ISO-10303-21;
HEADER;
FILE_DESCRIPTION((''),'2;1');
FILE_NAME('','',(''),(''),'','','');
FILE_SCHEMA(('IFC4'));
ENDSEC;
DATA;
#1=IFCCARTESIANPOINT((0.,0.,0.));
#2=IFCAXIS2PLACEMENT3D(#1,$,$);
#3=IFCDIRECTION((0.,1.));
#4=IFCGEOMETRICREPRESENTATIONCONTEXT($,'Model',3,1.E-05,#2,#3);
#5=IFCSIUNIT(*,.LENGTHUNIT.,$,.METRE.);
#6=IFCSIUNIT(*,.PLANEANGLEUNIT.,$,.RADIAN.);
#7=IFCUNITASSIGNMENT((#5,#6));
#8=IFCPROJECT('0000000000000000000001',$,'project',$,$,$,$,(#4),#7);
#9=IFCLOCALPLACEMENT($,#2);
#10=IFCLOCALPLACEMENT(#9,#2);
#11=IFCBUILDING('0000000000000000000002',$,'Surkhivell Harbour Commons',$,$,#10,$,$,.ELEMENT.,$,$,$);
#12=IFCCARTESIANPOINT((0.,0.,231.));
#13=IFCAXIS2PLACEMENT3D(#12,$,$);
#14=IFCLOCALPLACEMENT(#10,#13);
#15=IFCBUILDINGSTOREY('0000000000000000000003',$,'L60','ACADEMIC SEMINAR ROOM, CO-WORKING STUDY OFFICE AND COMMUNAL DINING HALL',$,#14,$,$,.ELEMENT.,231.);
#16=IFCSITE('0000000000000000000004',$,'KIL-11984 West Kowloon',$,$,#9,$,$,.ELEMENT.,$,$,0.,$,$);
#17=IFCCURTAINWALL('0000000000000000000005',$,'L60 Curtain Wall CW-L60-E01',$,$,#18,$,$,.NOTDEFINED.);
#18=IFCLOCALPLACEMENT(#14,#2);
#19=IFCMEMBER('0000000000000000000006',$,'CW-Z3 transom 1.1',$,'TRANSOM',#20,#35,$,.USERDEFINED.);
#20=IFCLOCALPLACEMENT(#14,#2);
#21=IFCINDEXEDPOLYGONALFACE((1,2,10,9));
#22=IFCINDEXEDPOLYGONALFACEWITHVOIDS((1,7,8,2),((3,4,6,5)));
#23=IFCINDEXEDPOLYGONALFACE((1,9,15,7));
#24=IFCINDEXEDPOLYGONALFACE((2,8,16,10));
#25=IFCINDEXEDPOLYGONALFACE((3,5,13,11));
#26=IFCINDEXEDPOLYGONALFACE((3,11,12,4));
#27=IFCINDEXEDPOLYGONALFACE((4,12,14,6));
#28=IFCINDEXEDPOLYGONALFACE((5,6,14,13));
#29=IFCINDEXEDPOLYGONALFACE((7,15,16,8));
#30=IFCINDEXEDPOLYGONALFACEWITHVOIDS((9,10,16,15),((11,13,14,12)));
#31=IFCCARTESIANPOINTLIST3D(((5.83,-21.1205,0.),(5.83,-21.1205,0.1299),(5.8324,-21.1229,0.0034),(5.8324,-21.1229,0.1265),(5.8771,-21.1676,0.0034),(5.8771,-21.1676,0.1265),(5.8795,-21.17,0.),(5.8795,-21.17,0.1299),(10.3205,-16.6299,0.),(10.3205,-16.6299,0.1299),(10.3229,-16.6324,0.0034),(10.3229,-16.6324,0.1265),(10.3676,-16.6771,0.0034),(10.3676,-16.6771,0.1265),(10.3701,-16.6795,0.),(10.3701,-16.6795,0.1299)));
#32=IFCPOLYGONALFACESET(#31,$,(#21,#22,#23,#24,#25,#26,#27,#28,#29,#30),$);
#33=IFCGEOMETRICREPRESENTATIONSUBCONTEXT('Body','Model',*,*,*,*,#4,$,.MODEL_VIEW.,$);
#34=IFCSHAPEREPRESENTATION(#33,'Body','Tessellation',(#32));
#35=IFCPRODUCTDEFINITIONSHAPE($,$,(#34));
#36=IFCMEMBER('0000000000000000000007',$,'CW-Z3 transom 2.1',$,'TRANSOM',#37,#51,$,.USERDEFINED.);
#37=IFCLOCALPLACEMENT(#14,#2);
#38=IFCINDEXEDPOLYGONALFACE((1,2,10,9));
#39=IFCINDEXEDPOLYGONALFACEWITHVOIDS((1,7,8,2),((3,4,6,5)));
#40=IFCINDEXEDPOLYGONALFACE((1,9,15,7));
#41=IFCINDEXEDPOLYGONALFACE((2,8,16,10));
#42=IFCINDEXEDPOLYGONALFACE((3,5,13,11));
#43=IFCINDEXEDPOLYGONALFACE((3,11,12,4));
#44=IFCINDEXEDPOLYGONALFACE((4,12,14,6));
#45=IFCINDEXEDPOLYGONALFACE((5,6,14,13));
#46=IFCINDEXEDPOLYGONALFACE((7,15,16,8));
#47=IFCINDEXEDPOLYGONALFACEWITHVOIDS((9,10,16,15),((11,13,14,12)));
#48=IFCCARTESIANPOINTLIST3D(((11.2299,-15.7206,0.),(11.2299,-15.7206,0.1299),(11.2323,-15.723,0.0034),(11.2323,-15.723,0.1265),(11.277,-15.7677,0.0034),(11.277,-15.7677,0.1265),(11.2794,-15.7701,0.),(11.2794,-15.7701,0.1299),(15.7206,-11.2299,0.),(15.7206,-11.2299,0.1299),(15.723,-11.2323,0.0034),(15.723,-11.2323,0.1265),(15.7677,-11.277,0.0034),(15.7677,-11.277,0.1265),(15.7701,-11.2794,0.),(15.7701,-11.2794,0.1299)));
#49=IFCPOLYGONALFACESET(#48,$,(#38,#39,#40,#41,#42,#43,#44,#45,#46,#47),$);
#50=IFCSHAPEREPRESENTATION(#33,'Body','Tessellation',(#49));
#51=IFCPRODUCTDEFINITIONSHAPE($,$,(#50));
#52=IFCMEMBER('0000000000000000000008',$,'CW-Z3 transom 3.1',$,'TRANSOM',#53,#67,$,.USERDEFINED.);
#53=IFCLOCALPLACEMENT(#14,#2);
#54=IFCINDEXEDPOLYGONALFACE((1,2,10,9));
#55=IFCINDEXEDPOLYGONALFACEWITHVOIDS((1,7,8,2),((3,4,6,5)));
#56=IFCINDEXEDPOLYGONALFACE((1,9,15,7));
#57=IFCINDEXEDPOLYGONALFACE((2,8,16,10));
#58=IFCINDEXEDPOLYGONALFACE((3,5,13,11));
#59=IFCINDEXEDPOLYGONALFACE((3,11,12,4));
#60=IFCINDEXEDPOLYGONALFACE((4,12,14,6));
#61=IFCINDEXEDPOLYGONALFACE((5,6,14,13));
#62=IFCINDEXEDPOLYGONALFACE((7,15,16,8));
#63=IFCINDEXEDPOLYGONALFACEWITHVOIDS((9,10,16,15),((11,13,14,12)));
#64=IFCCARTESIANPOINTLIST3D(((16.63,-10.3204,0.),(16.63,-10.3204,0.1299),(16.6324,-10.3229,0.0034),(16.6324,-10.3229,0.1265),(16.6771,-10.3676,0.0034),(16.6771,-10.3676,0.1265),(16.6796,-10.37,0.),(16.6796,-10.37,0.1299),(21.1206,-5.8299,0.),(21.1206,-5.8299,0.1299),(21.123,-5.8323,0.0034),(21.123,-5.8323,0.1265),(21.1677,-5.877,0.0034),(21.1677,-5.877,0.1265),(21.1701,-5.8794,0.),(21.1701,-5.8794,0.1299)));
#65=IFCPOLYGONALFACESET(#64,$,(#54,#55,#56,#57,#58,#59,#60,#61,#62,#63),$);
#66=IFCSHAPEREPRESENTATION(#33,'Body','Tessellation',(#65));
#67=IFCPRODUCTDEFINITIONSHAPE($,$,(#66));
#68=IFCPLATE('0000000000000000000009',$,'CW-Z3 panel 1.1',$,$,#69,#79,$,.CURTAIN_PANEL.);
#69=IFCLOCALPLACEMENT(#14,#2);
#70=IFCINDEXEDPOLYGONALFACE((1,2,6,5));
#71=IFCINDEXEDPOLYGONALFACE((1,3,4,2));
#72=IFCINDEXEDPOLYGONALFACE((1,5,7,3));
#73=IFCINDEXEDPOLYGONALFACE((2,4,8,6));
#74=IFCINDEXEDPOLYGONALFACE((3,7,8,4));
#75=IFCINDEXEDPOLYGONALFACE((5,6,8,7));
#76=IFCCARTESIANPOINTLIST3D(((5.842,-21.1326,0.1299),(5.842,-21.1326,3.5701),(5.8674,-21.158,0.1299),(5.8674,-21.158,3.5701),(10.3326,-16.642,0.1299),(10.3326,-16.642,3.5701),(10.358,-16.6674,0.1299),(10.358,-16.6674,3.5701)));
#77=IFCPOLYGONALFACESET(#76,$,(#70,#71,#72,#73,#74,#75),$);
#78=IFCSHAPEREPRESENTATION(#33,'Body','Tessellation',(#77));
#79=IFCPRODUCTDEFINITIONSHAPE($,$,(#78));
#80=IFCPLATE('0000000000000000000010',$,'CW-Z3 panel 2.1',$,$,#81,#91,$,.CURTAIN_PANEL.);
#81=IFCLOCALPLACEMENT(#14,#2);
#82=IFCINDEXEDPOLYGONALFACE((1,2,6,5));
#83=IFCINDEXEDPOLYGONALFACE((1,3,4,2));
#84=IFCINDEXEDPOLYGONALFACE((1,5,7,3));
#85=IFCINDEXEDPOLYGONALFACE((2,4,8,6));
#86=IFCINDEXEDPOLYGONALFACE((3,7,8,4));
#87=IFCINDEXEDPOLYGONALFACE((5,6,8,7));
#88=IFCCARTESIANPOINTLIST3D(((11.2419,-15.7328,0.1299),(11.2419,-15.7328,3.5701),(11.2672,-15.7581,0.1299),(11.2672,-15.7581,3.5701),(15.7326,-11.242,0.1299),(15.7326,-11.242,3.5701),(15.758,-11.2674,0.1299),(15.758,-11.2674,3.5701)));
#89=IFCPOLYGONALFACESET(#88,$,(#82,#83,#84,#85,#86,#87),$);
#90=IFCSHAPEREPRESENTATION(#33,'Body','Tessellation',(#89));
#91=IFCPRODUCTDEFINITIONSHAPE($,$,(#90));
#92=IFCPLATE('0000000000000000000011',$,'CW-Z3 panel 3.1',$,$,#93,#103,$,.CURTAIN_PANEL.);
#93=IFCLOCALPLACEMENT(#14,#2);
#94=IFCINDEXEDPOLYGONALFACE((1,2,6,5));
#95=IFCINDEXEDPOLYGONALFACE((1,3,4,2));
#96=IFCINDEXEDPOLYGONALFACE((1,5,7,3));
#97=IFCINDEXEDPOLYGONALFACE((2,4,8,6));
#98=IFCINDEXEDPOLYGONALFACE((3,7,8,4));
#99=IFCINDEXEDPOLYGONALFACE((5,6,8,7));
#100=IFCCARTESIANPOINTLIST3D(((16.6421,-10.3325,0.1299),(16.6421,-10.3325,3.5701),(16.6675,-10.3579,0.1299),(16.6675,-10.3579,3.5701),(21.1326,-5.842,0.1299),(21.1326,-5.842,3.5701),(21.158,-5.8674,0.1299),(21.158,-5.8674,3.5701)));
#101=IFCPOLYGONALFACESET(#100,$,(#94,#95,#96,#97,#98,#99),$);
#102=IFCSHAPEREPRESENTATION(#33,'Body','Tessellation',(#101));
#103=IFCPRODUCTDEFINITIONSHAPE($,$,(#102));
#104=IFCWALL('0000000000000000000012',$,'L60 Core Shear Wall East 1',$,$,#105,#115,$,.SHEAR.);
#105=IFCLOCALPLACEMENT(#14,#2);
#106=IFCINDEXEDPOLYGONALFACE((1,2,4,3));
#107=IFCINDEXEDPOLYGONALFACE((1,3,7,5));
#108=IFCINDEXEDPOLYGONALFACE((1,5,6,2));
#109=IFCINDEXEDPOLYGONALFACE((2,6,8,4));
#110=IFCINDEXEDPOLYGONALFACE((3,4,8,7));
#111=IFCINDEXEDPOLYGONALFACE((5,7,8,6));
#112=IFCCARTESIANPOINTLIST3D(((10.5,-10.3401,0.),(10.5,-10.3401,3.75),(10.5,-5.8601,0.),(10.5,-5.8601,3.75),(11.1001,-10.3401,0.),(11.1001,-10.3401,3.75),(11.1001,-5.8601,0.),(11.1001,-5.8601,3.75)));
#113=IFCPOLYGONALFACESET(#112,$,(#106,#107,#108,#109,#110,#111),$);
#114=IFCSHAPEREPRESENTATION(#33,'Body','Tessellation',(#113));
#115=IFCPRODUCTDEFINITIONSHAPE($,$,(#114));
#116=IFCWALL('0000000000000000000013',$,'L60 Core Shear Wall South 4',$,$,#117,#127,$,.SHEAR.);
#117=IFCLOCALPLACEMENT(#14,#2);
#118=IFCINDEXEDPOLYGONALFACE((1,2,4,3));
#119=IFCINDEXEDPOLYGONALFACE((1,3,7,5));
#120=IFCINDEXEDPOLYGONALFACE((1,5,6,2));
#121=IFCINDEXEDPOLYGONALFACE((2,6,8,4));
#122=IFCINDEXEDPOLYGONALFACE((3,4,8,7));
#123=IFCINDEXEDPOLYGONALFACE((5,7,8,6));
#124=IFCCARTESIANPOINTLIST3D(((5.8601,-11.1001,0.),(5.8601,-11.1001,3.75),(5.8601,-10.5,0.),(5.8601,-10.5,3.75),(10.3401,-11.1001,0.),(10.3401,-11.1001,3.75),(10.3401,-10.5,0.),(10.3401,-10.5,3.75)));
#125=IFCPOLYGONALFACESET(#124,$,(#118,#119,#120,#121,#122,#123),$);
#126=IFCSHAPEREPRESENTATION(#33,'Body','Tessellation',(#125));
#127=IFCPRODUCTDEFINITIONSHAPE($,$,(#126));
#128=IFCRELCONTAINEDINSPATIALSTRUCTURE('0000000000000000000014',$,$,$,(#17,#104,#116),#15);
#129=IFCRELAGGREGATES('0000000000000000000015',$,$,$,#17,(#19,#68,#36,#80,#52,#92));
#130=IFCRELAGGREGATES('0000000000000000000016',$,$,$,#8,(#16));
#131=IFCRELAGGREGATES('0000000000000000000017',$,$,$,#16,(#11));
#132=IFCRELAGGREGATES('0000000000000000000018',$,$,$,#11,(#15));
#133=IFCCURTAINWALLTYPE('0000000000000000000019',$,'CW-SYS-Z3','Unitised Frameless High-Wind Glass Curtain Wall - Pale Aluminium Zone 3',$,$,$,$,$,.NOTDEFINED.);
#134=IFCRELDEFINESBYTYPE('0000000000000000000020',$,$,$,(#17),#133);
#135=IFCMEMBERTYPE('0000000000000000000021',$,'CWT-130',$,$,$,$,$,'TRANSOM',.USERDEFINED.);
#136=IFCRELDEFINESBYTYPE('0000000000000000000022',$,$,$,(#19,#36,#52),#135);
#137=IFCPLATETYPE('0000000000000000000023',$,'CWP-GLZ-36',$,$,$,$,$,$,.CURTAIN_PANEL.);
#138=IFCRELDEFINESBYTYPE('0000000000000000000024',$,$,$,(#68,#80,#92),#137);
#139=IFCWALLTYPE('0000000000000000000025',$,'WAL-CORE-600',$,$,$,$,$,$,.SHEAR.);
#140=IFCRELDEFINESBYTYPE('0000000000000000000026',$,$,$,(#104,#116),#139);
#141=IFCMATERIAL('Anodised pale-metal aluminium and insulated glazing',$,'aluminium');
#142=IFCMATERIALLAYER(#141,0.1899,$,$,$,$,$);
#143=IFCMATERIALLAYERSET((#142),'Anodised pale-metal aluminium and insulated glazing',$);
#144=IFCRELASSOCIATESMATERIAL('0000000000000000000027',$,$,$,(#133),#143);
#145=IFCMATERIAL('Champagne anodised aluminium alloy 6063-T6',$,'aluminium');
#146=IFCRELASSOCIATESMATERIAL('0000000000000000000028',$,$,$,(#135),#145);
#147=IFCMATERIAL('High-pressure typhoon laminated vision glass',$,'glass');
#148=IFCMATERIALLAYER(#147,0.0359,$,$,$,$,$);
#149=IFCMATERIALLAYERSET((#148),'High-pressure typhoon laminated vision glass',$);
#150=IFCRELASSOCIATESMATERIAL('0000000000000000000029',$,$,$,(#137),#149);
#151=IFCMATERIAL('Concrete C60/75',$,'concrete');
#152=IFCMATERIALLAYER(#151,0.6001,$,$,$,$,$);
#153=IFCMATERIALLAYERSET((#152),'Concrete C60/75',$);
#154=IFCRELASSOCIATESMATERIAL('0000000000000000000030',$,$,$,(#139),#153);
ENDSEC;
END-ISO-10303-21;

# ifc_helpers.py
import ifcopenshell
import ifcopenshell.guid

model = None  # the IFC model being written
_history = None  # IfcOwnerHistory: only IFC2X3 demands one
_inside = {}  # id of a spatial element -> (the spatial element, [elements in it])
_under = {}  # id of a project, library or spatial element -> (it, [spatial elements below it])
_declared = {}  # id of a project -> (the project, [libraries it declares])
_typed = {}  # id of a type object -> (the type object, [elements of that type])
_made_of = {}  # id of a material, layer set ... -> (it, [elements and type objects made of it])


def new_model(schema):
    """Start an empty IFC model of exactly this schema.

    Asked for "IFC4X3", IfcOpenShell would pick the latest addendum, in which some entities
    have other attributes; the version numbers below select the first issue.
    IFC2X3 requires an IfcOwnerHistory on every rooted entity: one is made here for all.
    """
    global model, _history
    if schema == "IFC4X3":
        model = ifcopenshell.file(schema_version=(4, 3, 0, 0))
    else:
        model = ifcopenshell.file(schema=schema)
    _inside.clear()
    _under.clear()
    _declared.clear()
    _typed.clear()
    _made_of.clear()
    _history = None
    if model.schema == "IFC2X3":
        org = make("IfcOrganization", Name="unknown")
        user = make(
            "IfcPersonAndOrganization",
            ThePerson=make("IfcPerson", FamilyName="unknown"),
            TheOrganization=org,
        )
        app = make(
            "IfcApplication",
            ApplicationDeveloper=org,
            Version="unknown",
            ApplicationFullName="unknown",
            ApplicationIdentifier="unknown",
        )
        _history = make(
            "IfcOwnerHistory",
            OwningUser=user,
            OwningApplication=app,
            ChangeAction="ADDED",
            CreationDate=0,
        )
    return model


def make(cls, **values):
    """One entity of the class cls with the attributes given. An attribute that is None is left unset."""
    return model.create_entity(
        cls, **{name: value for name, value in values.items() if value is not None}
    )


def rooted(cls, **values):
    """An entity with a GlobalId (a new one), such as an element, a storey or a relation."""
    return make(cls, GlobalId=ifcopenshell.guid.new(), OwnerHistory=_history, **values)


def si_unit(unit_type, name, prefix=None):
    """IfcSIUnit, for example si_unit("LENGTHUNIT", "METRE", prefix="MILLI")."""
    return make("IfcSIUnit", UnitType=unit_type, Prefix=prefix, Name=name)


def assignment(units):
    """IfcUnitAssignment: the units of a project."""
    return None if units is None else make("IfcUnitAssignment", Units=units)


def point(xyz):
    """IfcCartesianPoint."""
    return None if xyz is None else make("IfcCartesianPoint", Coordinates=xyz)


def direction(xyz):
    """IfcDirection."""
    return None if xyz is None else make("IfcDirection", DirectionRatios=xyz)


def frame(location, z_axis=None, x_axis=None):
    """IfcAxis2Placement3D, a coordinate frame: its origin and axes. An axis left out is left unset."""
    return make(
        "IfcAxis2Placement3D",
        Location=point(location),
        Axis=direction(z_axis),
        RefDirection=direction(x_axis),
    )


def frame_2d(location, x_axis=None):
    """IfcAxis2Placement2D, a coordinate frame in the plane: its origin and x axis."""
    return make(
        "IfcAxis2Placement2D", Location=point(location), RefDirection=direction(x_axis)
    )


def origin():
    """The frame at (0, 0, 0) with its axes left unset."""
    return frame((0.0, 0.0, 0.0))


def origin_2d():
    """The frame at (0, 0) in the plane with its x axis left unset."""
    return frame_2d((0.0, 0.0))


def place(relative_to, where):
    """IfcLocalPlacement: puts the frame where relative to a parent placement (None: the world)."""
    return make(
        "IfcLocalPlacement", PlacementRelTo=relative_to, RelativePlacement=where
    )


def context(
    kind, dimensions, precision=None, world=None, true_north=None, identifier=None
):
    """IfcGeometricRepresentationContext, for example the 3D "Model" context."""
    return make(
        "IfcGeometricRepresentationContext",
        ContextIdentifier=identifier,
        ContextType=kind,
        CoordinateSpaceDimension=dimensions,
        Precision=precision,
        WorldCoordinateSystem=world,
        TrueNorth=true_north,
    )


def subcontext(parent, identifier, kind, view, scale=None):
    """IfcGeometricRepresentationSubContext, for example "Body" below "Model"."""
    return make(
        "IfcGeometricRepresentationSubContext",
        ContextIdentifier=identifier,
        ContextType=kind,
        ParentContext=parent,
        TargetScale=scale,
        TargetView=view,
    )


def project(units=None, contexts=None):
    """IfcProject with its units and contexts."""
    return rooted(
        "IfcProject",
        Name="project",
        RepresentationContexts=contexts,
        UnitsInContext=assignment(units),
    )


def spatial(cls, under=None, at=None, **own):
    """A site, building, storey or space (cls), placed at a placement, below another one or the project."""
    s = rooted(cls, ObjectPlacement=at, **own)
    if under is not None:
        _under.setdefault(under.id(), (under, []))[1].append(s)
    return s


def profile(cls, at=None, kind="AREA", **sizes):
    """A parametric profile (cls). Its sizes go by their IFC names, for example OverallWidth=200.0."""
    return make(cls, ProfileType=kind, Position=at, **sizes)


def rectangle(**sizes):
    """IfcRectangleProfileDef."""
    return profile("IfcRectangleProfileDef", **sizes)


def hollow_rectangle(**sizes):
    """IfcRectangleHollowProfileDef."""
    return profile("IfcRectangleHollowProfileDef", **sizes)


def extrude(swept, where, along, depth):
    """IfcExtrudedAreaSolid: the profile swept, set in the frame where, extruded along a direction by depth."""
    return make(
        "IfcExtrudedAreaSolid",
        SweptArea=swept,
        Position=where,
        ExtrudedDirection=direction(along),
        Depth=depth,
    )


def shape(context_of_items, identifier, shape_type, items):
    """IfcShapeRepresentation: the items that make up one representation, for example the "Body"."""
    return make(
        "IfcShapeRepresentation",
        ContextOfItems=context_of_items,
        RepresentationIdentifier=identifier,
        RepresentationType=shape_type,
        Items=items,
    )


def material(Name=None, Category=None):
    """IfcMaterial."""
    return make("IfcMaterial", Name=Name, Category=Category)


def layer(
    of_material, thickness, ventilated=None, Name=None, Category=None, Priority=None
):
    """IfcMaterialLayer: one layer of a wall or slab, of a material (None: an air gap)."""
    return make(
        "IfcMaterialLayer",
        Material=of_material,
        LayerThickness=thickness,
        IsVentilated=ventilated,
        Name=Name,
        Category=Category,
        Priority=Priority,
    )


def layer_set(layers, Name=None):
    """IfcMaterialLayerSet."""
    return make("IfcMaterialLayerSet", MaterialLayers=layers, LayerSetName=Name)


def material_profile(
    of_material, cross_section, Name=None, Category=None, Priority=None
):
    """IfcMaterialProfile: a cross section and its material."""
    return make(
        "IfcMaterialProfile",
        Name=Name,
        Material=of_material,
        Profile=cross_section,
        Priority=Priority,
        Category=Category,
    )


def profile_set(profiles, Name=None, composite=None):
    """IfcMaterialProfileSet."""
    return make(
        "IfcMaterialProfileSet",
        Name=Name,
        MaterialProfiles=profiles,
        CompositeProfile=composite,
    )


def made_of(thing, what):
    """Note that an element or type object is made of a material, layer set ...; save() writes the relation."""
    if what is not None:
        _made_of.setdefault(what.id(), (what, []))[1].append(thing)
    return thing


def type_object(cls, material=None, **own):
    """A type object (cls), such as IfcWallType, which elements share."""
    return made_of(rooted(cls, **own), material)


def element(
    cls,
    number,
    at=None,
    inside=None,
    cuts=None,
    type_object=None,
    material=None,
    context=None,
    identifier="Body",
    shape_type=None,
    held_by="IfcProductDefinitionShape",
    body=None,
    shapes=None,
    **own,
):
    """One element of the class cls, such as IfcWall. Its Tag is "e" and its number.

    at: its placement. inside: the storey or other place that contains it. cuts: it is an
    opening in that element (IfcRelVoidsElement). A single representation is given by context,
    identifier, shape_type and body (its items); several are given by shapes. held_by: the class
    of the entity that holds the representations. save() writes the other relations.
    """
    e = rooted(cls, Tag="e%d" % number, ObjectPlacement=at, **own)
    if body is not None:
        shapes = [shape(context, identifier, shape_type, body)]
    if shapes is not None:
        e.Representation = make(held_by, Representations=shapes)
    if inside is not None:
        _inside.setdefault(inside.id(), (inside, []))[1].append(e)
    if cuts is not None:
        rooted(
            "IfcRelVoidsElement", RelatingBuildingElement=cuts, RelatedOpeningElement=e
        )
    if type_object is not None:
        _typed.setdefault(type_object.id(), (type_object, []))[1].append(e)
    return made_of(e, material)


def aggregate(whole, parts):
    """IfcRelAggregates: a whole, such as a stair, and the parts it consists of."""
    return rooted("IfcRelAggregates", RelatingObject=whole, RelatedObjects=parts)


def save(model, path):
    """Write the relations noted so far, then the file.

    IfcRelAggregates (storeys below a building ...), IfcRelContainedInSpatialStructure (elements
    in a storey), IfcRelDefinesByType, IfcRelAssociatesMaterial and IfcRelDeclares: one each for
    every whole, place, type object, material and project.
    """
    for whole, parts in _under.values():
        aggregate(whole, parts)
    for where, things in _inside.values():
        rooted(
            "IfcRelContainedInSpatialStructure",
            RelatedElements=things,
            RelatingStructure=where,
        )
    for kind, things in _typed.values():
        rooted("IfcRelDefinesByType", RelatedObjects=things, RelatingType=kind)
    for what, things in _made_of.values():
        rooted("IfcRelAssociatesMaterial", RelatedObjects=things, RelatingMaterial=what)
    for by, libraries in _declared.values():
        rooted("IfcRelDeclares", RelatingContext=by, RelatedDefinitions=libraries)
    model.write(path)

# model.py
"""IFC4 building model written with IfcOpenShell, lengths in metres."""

from ifc_helpers import new_model, si_unit, direction, frame, frame_2d, origin, origin_2d, place, context, subcontext, project, spatial, rectangle, hollow_rectangle, extrude, material, layer, layer_set, material_profile, profile_set, type_object, element, aggregate, save


model = new_model("IFC4")

# Units and contexts
model_context = context("Model", 3, precision=1e-05, world=origin(), true_north=direction((0.0, 1.0)))
body_context = subcontext(model_context, "Body", "Model", "MODEL_VIEW")
ifc_project = project(units=[si_unit("LENGTHUNIT", "METRE"), si_unit("PLANEANGLEUNIT", "RADIAN")], contexts=[model_context])

# Site, building, storey
site_placement = place(None, origin())
site = spatial("IfcSite", under=ifc_project, at=site_placement, Name="KIL-11984 West Kowloon", CompositionType="ELEMENT", RefElevation=0.0)
building_placement = place(site_placement, origin())
building = spatial("IfcBuilding", under=site, at=building_placement, Name="Surkhivell Harbour Commons", CompositionType="ELEMENT")
storey_placement = place(building_placement, frame((0.0, 0.0, 231.0)))
storey = spatial("IfcBuildingStorey", under=building, at=storey_placement, Name="L60", Description="ACADEMIC SEMINAR ROOM, CO-WORKING STUDY OFFICE AND COMMUNAL DINING HALL", CompositionType="ELEMENT", Elevation=231.0)

# Shared definitions
ifc_material_1 = material(Name="Concrete C60/75", Category="concrete")

# Curtain wall, members, plates
ifc_material_2 = material(Name="Anodised pale-metal aluminium and insulated glazing", Category="aluminium")
ifc_layer_1 = layer(ifc_material_2, 0.1899)
ifc_layer_set_1 = layer_set([ifc_layer_1], Name="Anodised pale-metal aluminium and insulated glazing")
curtain_wall_type = type_object("IfcCurtainWallType", Name="CW-SYS-Z3", Description="Unitised Frameless High-Wind Glass Curtain Wall - Pale Aluminium Zone 3", PredefinedType="NOTDEFINED", material=ifc_layer_set_1)
curtain_wall_placement = place(storey_placement, origin())
curtain_wall = element("IfcCurtainWall", 1, at=curtain_wall_placement, inside=storey, type_object=curtain_wall_type, Name="L60 Curtain Wall CW-L60-E01", PredefinedType="NOTDEFINED")
ifc_material_3 = material(Name="Champagne anodised aluminium alloy 6063-T6", Category="aluminium")
ifc_material_profile_1 = material_profile(ifc_material_3, hollow_rectangle(XDim=0.0701, YDim=0.1299, WallThickness=0.0034, at=origin_2d()), Name="ALU-TRAN-70x130")
ifc_profile_set_1 = profile_set([ifc_material_profile_1], Name="Champagne anodised aluminium alloy 6063-T6")
member_type_1 = type_object("IfcMemberType", Name="CWT-130", ElementType="TRANSOM", PredefinedType="USERDEFINED", material=ifc_profile_set_1)
member_1_placement = place(storey_placement, frame((5.8547, -21.1453, 0.0649), z_axis=(0.707107, 0.707107, 0.0), x_axis=(-0.707107, 0.707107, 0.0)))
member_1 = element("IfcMember", 2, at=member_1_placement, type_object=member_type_1, Name="CW-Z3 transom 1.1", ObjectType="TRANSOM", PredefinedType="USERDEFINED", context=body_context, shape_type="SweptSolid", body=[
    extrude(hollow_rectangle(XDim=0.0701, YDim=0.1299, WallThickness=0.0034, at=origin_2d()), origin(), (0.0, 0.0, 1.0), 6.3506),
])
member_2_placement = place(storey_placement, frame((11.2546, -15.7454, 0.0649), z_axis=(0.707107, 0.707107, 0.0), x_axis=(-0.707107, 0.707107, 0.0)))
member_2 = element("IfcMember", 3, at=member_2_placement, type_object=member_type_1, Name="CW-Z3 transom 2.1", ObjectType="TRANSOM", PredefinedType="USERDEFINED", context=body_context, shape_type="SweptSolid", body=[
    extrude(hollow_rectangle(XDim=0.0701, YDim=0.1299, WallThickness=0.0034, at=origin_2d()), origin(), (0.0, 0.0, 1.0), 6.3508),
])
member_3_placement = place(storey_placement, frame((16.6548, -10.3452, 0.0649), z_axis=(0.707107, 0.707107, 0.0), x_axis=(-0.707107, 0.707107, 0.0)))
member_3 = element("IfcMember", 4, at=member_3_placement, type_object=member_type_1, Name="CW-Z3 transom 3.1", ObjectType="TRANSOM", PredefinedType="USERDEFINED", context=body_context, shape_type="SweptSolid", body=[
    extrude(hollow_rectangle(XDim=0.0701, YDim=0.1299, WallThickness=0.0034, at=origin_2d()), origin(), (0.0, 0.0, 1.0), 6.3506),
])
ifc_material_4 = material(Name="High-pressure typhoon laminated vision glass", Category="glass")
ifc_layer_2 = layer(ifc_material_4, 0.0359)
ifc_layer_set_2 = layer_set([ifc_layer_2], Name="High-pressure typhoon laminated vision glass")
plate_type = type_object("IfcPlateType", Name="CWP-GLZ-36", PredefinedType="CURTAIN_PANEL", material=ifc_layer_set_2)
plate_1_placement = place(storey_placement, frame((5.8547, -21.1453, 0.1299), z_axis=(0.0, 0.0, 1.0), x_axis=(0.707107, 0.707107, 0.0)))
plate_1 = element("IfcPlate", 5, at=plate_1_placement, type_object=plate_type, Name="CW-Z3 panel 1.1", PredefinedType="CURTAIN_PANEL", context=body_context, shape_type="SweptSolid", body=[
    extrude(rectangle(XDim=6.3506, YDim=0.0359, at=frame_2d((3.1753, 0.0))), origin(), (0.0, 0.0, 1.0), 3.4402),
])
plate_2_placement = place(storey_placement, frame((11.2546, -15.7454, 0.1299), z_axis=(0.0, 0.0, 1.0), x_axis=(0.707107, 0.707107, 0.0)))
plate_2 = element("IfcPlate", 6, at=plate_2_placement, type_object=plate_type, Name="CW-Z3 panel 2.1", PredefinedType="CURTAIN_PANEL", context=body_context, shape_type="SweptSolid", body=[
    extrude(rectangle(XDim=6.3508, YDim=0.0359, at=frame_2d((3.1753, 0.0))), origin(), (0.0, 0.0, 1.0), 3.4402),
])
plate_3_placement = place(storey_placement, frame((16.6548, -10.3452, 0.1299), z_axis=(0.0, 0.0, 1.0), x_axis=(0.707107, 0.707107, 0.0)))
plate_3 = element("IfcPlate", 7, at=plate_3_placement, type_object=plate_type, Name="CW-Z3 panel 3.1", PredefinedType="CURTAIN_PANEL", context=body_context, shape_type="SweptSolid", body=[
    extrude(rectangle(XDim=6.3506, YDim=0.0359, at=frame_2d((3.1753, 0.0))), origin(), (0.0, 0.0, 1.0), 3.4402),
])
aggregate(curtain_wall, [member_1, plate_1, member_2, plate_2, member_3, plate_3])

# Walls
ifc_layer_3 = layer(ifc_material_1, 0.6001)
ifc_layer_set_3 = layer_set([ifc_layer_3], Name="Concrete C60/75")
wall_type_1 = type_object("IfcWallType", Name="WAL-CORE-600", PredefinedType="SHEAR", material=ifc_layer_set_3)
for number, where, z_axis, x_axis, name in (
    (8, (10.8, -10.3401, 0.0), (0.0, 0.0, 1.0), (0.0, 1.0, 0.0), "L60 Core Shear Wall East 1"),
    (9, (5.8601, -10.8, 0.0), (0.0, 0.0, 1.0), (1.0, 0.0, 0.0), "L60 Core Shear Wall South 4"),
):
    element("IfcWall", number, at=place(storey_placement, frame(where, z_axis=z_axis, x_axis=x_axis)), inside=storey, type_object=wall_type_1, Name=name, PredefinedType="SHEAR", context=body_context, shape_type="SweptSolid", body=[
        extrude(rectangle(XDim=4.48, YDim=0.6001, at=frame_2d((2.24, 0.0))), origin(), (0.0, 0.0, 1.0), 3.75),
    ])

save(model, "model.ifc")
